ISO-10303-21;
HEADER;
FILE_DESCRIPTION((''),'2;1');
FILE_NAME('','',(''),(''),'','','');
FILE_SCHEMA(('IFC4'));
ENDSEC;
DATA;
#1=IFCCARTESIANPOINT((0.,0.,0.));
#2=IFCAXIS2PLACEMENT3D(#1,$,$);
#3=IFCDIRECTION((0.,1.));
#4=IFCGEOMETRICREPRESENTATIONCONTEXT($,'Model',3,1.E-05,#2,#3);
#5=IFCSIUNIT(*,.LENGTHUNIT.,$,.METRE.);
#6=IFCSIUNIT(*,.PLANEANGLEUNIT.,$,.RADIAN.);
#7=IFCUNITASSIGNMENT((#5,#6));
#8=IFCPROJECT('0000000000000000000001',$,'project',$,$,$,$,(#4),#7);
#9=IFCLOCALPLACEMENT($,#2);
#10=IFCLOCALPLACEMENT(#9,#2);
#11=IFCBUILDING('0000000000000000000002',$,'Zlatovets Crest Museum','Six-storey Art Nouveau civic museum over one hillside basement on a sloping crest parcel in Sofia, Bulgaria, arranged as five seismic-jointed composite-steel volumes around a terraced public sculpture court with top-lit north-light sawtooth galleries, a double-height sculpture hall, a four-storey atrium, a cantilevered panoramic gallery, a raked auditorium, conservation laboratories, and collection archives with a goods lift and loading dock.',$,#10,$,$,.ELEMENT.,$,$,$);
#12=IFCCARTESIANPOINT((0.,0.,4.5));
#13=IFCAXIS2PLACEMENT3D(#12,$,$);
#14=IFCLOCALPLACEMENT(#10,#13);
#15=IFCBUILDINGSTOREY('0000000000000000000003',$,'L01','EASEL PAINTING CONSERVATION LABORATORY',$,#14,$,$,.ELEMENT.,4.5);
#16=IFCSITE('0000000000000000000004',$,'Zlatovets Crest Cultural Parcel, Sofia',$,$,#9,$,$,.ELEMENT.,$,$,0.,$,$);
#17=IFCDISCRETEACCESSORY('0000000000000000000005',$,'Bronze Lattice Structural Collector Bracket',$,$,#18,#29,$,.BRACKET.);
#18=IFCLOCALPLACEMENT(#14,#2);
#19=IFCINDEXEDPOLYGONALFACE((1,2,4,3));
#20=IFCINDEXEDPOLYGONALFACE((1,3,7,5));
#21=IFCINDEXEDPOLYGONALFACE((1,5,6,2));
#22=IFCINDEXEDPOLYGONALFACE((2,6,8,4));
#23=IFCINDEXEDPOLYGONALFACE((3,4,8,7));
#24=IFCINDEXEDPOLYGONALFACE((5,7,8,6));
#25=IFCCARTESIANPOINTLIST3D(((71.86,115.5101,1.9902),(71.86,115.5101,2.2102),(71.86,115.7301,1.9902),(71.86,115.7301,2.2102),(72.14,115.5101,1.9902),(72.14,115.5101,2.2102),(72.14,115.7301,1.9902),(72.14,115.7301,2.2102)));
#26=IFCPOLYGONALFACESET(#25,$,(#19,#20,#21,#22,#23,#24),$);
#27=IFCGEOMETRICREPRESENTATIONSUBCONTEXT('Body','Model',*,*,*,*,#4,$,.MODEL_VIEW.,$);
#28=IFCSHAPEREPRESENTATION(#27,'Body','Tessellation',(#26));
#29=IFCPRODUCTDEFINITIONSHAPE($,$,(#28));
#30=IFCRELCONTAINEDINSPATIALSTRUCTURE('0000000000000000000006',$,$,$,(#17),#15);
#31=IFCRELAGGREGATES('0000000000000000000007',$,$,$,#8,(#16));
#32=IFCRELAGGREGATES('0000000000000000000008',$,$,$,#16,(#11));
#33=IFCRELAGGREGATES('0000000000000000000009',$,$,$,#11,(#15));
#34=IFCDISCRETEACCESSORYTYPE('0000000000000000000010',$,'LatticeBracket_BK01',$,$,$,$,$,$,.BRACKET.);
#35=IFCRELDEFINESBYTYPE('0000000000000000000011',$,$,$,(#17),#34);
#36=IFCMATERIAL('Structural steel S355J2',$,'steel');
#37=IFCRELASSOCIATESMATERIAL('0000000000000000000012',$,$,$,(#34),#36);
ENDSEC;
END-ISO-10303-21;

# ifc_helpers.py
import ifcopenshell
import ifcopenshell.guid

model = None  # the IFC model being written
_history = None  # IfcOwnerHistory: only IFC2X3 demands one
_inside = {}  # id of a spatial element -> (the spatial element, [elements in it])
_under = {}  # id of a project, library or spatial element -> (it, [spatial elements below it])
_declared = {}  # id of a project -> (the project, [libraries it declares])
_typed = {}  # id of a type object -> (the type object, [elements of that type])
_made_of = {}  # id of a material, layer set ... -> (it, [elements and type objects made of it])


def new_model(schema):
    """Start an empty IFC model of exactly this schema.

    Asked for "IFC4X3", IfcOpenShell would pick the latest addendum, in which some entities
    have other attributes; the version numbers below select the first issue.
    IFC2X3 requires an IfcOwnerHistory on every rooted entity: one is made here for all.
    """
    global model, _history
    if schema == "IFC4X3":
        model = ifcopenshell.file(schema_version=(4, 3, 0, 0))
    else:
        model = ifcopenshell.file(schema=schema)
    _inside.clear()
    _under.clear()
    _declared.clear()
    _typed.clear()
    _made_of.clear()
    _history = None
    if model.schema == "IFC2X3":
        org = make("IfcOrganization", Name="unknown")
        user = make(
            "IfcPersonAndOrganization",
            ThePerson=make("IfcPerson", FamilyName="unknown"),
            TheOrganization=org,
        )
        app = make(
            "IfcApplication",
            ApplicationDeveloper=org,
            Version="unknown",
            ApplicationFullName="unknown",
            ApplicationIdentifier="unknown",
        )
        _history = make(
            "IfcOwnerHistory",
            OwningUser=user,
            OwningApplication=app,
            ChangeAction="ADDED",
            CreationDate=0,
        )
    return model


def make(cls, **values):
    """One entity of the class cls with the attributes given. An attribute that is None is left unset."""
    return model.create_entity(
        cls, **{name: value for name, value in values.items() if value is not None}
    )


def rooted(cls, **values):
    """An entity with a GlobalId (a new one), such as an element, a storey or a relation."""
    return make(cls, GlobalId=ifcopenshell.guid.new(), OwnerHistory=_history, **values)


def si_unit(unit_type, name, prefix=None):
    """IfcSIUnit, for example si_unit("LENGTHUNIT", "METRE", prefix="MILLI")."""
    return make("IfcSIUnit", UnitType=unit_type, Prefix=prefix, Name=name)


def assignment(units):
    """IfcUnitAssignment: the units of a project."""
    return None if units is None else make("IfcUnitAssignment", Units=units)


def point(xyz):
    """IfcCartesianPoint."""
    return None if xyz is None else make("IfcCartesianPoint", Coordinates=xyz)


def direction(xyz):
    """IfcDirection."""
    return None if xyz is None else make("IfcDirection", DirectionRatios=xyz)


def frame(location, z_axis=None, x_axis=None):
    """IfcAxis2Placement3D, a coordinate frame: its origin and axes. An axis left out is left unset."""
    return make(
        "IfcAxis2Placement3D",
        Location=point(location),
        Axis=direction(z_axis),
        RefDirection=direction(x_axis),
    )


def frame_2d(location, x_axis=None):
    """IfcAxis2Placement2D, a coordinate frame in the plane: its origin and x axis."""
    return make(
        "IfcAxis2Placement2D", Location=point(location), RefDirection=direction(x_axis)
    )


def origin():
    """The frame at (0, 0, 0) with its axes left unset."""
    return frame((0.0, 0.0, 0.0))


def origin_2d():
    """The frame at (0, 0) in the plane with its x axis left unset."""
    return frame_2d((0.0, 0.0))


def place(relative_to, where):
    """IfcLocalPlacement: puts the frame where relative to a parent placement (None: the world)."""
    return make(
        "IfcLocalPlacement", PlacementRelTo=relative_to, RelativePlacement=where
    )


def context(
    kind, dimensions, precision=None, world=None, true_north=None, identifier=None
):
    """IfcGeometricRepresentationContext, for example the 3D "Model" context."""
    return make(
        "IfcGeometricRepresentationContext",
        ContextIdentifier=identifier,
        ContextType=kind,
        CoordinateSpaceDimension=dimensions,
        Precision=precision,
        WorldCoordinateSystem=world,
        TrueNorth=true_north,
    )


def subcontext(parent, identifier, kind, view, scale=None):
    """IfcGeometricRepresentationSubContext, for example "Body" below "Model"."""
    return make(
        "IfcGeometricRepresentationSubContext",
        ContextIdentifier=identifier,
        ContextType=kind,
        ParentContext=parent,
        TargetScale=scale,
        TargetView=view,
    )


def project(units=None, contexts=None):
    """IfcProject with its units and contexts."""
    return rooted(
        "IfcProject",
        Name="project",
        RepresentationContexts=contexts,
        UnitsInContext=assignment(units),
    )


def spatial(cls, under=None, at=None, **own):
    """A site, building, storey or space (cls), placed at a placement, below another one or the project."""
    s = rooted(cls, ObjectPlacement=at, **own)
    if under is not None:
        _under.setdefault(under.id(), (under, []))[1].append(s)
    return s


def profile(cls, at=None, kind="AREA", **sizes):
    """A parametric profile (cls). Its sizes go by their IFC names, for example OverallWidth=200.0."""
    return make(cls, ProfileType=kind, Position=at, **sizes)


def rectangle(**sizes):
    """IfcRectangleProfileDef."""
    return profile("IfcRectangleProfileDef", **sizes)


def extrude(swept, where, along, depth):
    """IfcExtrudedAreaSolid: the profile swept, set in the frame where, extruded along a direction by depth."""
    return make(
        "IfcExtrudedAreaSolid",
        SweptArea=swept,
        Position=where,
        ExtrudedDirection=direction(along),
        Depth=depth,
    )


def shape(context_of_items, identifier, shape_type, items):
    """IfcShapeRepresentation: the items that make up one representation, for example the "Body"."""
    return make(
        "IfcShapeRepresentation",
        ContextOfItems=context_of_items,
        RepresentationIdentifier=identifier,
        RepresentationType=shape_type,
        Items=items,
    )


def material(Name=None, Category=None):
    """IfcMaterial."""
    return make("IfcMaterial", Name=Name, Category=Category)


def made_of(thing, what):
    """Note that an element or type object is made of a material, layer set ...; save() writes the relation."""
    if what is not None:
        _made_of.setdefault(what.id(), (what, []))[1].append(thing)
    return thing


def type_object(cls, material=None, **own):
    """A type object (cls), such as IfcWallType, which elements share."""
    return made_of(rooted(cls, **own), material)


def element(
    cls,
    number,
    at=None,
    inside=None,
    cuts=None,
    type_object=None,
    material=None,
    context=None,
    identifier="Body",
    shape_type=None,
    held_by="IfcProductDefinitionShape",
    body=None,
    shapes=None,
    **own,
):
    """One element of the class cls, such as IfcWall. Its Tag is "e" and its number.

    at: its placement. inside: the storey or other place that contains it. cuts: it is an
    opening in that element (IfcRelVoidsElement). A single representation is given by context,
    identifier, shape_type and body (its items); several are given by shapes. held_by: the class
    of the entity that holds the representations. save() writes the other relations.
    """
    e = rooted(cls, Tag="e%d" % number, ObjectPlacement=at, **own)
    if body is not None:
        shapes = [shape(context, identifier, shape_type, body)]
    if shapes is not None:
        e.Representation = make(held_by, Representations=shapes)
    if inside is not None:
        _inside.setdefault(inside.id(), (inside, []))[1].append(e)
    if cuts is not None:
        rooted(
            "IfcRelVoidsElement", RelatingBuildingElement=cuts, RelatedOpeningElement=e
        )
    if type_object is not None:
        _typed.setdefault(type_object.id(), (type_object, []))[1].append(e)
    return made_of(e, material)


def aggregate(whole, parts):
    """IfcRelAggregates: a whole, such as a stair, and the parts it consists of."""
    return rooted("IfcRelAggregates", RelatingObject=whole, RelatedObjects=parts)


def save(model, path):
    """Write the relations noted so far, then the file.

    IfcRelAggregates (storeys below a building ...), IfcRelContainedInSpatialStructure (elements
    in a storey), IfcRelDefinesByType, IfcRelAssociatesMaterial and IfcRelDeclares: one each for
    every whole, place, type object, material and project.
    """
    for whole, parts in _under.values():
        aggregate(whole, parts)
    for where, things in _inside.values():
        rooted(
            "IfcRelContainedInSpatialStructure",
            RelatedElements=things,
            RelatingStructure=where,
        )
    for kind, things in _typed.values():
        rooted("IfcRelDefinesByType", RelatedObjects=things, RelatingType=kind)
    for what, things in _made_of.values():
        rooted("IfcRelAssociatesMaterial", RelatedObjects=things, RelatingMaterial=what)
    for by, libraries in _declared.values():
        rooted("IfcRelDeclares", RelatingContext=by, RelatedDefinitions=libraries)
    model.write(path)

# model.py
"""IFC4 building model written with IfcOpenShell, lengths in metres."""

from ifc_helpers import new_model, si_unit, direction, frame, origin, origin_2d, place, context, subcontext, project, spatial, rectangle, extrude, material, type_object, element, save


model = new_model("IFC4")

# Units and contexts
model_context = context("Model", 3, precision=1e-05, world=origin(), true_north=direction((0.0, 1.0)))
body_context = subcontext(model_context, "Body", "Model", "MODEL_VIEW")
ifc_project = project(units=[si_unit("LENGTHUNIT", "METRE"), si_unit("PLANEANGLEUNIT", "RADIAN")], contexts=[model_context])

# Site, building, storey
site_placement = place(None, origin())
site = spatial("IfcSite", under=ifc_project, at=site_placement, Name="Zlatovets Crest Cultural Parcel, Sofia", CompositionType="ELEMENT", RefElevation=0.0)
building_placement = place(site_placement, origin())
building = spatial("IfcBuilding", under=site, at=building_placement, Name="Zlatovets Crest Museum", Description="Six-storey Art Nouveau civic museum over one hillside basement on a sloping crest parcel in Sofia, Bulgaria, arranged as five seismic-jointed composite-steel volumes around a terraced public sculpture court with top-lit north-light sawtooth galleries, a double-height sculpture hall, a four-storey atrium, a cantilevered panoramic gallery, a raked auditorium, conservation laboratories, and collection archives with a goods lift and loading dock.", CompositionType="ELEMENT")
storey_placement = place(building_placement, frame((0.0, 0.0, 4.5)))
storey = spatial("IfcBuildingStorey", under=building, at=storey_placement, Name="L01", Description="EASEL PAINTING CONSERVATION LABORATORY", CompositionType="ELEMENT", Elevation=4.5)

# Shared definitions
ifc_material_1 = material(Name="Structural steel S355J2", Category="steel")

# Discrete accessory
discrete_accessory_type = type_object("IfcDiscreteAccessoryType", Name="LatticeBracket_BK01", PredefinedType="BRACKET", material=ifc_material_1)
discrete_accessory_placement = place(storey_placement, frame((72.0, 115.6201, 1.9902), z_axis=(0.0, 0.0, 1.0), x_axis=(1.0, 0.0, 0.0)))
element("IfcDiscreteAccessory", 1, at=discrete_accessory_placement, inside=storey, type_object=discrete_accessory_type, Name="Bronze Lattice Structural Collector Bracket", PredefinedType="BRACKET", context=body_context, shape_type="SweptSolid", body=[
    extrude(rectangle(XDim=0.28, YDim=0.22, at=origin_2d()), origin(), (0.0, 0.0, 1.0), 0.22),
])

save(model, "model.ifc")
